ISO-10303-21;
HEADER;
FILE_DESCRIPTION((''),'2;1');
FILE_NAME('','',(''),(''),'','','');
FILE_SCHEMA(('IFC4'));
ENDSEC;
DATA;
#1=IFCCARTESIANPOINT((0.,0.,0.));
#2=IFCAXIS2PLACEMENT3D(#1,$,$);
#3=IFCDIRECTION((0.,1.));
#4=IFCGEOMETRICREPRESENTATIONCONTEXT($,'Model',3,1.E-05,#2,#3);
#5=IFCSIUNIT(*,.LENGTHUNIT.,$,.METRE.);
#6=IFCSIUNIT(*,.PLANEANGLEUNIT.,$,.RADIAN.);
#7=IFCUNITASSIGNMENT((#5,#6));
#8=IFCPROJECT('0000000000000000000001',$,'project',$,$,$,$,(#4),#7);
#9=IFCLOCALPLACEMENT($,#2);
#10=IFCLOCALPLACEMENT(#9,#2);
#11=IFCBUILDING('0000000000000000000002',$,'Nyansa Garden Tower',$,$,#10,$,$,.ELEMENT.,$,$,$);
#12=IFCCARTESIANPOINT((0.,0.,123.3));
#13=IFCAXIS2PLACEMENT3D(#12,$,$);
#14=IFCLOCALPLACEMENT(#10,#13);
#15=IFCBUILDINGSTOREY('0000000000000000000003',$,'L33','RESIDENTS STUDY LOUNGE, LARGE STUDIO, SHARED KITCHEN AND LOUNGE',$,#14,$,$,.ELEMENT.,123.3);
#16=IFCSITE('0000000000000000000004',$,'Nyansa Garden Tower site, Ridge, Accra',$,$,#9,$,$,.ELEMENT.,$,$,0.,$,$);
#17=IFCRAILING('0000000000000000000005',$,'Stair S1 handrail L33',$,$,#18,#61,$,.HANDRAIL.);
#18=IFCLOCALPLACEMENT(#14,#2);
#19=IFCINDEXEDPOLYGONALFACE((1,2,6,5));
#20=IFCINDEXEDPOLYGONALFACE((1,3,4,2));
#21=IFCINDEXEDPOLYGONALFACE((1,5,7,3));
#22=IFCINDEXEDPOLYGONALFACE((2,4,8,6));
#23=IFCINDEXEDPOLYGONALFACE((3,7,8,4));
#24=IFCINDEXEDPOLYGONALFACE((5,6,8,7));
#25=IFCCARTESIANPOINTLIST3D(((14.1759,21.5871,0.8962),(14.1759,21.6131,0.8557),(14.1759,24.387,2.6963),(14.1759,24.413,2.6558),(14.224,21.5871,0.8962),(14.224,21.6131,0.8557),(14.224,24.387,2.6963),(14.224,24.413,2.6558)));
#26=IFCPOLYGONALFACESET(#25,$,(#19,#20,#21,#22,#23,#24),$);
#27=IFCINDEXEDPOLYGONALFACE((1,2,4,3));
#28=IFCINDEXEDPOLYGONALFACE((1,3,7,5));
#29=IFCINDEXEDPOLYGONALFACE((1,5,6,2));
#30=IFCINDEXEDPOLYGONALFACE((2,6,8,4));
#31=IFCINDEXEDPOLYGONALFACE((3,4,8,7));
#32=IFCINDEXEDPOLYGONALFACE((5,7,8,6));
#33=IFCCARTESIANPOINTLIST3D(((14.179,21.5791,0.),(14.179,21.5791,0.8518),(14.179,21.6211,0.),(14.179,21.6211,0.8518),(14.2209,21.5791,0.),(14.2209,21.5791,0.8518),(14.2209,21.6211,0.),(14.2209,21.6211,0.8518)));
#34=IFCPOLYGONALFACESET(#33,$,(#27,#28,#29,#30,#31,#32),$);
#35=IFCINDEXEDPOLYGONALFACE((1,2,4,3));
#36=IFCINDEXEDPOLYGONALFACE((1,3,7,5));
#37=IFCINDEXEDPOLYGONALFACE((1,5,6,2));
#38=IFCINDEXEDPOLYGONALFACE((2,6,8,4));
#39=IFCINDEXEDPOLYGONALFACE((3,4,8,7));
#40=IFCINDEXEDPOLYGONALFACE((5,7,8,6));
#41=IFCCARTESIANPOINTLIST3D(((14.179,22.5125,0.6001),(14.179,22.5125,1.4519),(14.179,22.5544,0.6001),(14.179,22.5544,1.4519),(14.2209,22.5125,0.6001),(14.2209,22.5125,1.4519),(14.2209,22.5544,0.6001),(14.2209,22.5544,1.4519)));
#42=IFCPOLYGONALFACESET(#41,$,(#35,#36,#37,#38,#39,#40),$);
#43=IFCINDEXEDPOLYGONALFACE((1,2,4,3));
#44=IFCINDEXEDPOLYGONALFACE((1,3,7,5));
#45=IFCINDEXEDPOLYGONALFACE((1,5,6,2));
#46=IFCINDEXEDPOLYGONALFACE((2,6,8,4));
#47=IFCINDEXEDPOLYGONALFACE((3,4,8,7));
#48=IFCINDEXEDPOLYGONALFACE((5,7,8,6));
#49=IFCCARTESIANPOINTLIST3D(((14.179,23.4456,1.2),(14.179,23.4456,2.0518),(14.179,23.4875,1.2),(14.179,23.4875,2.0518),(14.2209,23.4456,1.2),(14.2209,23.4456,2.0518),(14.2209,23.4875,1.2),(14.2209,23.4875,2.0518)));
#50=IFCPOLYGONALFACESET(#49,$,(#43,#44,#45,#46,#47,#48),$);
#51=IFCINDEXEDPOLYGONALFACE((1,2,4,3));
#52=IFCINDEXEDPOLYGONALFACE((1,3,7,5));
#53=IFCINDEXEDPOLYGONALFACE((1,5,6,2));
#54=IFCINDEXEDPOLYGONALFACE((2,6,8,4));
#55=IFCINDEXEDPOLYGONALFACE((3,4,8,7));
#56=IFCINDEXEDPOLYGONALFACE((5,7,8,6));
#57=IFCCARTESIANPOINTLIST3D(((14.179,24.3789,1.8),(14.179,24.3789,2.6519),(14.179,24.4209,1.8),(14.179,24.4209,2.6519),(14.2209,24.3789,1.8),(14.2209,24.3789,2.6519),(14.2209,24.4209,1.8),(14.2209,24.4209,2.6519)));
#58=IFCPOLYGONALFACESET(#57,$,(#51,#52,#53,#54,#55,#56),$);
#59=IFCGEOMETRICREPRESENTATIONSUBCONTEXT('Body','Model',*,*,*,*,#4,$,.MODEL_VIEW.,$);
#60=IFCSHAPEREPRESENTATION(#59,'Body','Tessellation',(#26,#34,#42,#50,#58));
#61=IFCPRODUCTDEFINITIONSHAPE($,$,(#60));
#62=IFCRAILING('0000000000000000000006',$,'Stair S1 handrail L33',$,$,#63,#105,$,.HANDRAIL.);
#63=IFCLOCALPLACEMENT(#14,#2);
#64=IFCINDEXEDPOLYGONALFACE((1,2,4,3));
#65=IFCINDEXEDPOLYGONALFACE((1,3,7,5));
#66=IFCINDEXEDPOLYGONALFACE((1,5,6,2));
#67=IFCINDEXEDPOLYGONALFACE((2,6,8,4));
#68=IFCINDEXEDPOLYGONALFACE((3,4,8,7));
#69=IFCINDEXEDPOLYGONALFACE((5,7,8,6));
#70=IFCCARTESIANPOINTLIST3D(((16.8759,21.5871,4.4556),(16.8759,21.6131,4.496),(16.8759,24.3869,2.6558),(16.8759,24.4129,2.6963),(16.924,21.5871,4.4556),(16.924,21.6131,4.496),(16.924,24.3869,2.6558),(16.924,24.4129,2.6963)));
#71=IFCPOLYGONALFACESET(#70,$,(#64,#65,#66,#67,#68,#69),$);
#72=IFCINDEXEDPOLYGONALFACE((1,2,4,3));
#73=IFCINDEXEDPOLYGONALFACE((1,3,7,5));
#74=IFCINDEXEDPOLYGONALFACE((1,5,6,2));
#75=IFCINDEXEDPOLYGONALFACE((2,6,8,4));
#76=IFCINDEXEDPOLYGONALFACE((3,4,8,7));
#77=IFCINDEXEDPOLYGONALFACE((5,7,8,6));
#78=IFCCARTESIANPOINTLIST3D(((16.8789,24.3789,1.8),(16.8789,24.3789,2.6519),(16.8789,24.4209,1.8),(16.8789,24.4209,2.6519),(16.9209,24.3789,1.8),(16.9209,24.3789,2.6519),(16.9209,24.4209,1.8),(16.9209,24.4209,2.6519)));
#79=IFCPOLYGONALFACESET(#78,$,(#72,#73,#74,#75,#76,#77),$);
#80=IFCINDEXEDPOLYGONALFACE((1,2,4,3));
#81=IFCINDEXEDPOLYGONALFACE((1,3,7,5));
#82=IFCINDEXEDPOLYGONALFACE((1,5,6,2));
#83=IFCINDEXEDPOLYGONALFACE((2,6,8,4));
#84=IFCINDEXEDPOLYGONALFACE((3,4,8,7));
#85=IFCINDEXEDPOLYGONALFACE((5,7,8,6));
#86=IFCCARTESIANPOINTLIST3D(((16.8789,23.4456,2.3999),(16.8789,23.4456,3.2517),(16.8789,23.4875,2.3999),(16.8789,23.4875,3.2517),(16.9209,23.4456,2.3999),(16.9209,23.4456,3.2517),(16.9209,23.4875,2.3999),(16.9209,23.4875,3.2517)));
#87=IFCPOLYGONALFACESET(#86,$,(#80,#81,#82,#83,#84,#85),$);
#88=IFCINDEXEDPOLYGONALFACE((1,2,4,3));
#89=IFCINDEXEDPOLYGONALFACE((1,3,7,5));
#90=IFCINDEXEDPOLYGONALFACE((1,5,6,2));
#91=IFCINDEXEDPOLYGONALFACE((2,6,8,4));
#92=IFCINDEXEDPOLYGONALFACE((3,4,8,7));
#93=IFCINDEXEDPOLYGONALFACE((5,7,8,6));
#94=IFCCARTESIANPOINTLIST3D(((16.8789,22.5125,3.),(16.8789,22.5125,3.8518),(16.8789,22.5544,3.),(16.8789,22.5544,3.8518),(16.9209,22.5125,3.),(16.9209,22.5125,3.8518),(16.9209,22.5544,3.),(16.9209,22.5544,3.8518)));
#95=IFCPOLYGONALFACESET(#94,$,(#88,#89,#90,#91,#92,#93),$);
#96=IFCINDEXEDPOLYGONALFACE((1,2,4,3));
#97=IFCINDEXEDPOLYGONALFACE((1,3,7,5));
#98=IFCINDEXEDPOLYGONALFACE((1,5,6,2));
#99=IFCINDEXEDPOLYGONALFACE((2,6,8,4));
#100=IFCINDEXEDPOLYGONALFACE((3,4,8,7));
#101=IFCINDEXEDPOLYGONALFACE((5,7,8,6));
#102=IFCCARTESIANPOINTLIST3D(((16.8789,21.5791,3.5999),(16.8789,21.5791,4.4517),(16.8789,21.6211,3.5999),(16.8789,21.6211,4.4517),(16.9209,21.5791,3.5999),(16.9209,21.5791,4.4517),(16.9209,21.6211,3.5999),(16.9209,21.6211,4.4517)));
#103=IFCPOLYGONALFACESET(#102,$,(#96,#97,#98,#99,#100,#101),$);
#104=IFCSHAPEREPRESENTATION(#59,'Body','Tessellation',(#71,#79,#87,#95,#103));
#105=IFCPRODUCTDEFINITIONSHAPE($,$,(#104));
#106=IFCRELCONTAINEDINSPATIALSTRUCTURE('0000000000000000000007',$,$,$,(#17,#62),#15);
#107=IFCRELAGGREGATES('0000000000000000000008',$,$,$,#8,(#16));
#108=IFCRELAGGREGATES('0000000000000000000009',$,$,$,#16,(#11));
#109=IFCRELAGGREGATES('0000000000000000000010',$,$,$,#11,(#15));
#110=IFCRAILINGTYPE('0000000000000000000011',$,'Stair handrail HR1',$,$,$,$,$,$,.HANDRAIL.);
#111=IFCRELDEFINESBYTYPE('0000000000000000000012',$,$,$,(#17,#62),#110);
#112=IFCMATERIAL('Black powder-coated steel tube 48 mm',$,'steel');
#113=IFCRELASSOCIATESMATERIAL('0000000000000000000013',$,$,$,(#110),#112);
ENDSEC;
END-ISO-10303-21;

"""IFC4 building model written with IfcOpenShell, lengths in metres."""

from ifc_helpers import new_model, si_unit, direction, frame, origin, origin_2d, place, context, subcontext, project, spatial, rectangle, extrude, material, type_object, element, save


model = new_model("IFC4")

# Units and contexts
model_context = context("Model", 3, precision=1e-05, world=origin(), true_north=direction((0.0, 1.0)))
body_context = subcontext(model_context, "Body", "Model", "MODEL_VIEW")
ifc_project = project(units=[si_unit("LENGTHUNIT", "METRE"), si_unit("PLANEANGLEUNIT", "RADIAN")], contexts=[model_context])

# Site, building, storey
site_placement = place(None, origin())
site = spatial("IfcSite", under=ifc_project, at=site_placement, Name="Nyansa Garden Tower site, Ridge, Accra", CompositionType="ELEMENT", RefElevation=0.0)
building_placement = place(site_placement, origin())
building = spatial("IfcBuilding", under=site, at=building_placement, Name="Nyansa Garden Tower", CompositionType="ELEMENT")
storey_placement = place(building_placement, frame((0.0, 0.0, 123.3)))
storey = spatial("IfcBuildingStorey", under=building, at=storey_placement, Name="L33", Description="RESIDENTS STUDY LOUNGE, LARGE STUDIO, SHARED KITCHEN AND LOUNGE", CompositionType="ELEMENT", Elevation=123.3)

# Railings
ifc_material_1 = material(Name="Black powder-coated steel tube 48 mm", Category="steel")
railing_type = type_object("IfcRailingType", Name="Stair handrail HR1", PredefinedType="HANDRAIL", material=ifc_material_1)
railing_1_placement = place(storey_placement, frame((14.2, 21.6001, 0.0)))
element("IfcRailing", 1, at=railing_1_placement, inside=storey, type_object=railing_type, Name="Stair S1 handrail L33", PredefinedType="HANDRAIL", context=body_context, shape_type="SweptSolid", body=[
    extrude(rectangle(XDim=0.0481, YDim=0.0481, at=origin_2d()), frame((0.0, 0.0, 0.876), z_axis=(0.0, 0.841155, 0.540795), x_axis=(-1.0, 0.0, 0.0)), (0.0, 0.0, 1.0), 3.3286),
    extrude(rectangle(XDim=0.042, YDim=0.042, at=origin_2d()), origin(), (0.0, 0.0, 1.0), 0.8518),
    extrude(rectangle(XDim=0.042, YDim=0.042, at=origin_2d()), frame((0.0, 0.9333, 0.6001)), (0.0, 0.0, 1.0), 0.8518),
    extrude(rectangle(XDim=0.042, YDim=0.042, at=origin_2d()), frame((0.0, 1.8665, 1.2)), (0.0, 0.0, 1.0), 0.8518),
    extrude(rectangle(XDim=0.042, YDim=0.042, at=origin_2d()), frame((0.0, 2.7998, 1.8)), (0.0, 0.0, 1.0), 0.8518),
])
railing_2_placement = place(storey_placement, frame((16.8999, 24.3999, 1.8)))
element("IfcRailing", 2, at=railing_2_placement, inside=storey, type_object=railing_type, Name="Stair S1 handrail L33", PredefinedType="HANDRAIL", context=body_context, shape_type="SweptSolid", body=[
    extrude(rectangle(XDim=0.0481, YDim=0.0481, at=origin_2d()), frame((0.0, 0.0, 0.876), z_axis=(0.0, -0.841188, 0.540743), x_axis=(1.0, 0.0, 0.0)), (0.0, 0.0, 1.0), 3.3284),
    extrude(rectangle(XDim=0.042, YDim=0.042, at=origin_2d()), origin(), (0.0, 0.0, 1.0), 0.8518),
    extrude(rectangle(XDim=0.042, YDim=0.042, at=origin_2d()), frame((0.0, -0.9333, 0.5999)), (0.0, 0.0, 1.0), 0.8518),
    extrude(rectangle(XDim=0.042, YDim=0.042, at=origin_2d()), frame((0.0, -1.8665, 1.2)), (0.0, 0.0, 1.0), 0.8518),
    extrude(rectangle(XDim=0.042, YDim=0.042, at=origin_2d()), frame((0.0, -2.7998, 1.7998)), (0.0, 0.0, 1.0), 0.8518),
])

save(model, "model.ifc")
